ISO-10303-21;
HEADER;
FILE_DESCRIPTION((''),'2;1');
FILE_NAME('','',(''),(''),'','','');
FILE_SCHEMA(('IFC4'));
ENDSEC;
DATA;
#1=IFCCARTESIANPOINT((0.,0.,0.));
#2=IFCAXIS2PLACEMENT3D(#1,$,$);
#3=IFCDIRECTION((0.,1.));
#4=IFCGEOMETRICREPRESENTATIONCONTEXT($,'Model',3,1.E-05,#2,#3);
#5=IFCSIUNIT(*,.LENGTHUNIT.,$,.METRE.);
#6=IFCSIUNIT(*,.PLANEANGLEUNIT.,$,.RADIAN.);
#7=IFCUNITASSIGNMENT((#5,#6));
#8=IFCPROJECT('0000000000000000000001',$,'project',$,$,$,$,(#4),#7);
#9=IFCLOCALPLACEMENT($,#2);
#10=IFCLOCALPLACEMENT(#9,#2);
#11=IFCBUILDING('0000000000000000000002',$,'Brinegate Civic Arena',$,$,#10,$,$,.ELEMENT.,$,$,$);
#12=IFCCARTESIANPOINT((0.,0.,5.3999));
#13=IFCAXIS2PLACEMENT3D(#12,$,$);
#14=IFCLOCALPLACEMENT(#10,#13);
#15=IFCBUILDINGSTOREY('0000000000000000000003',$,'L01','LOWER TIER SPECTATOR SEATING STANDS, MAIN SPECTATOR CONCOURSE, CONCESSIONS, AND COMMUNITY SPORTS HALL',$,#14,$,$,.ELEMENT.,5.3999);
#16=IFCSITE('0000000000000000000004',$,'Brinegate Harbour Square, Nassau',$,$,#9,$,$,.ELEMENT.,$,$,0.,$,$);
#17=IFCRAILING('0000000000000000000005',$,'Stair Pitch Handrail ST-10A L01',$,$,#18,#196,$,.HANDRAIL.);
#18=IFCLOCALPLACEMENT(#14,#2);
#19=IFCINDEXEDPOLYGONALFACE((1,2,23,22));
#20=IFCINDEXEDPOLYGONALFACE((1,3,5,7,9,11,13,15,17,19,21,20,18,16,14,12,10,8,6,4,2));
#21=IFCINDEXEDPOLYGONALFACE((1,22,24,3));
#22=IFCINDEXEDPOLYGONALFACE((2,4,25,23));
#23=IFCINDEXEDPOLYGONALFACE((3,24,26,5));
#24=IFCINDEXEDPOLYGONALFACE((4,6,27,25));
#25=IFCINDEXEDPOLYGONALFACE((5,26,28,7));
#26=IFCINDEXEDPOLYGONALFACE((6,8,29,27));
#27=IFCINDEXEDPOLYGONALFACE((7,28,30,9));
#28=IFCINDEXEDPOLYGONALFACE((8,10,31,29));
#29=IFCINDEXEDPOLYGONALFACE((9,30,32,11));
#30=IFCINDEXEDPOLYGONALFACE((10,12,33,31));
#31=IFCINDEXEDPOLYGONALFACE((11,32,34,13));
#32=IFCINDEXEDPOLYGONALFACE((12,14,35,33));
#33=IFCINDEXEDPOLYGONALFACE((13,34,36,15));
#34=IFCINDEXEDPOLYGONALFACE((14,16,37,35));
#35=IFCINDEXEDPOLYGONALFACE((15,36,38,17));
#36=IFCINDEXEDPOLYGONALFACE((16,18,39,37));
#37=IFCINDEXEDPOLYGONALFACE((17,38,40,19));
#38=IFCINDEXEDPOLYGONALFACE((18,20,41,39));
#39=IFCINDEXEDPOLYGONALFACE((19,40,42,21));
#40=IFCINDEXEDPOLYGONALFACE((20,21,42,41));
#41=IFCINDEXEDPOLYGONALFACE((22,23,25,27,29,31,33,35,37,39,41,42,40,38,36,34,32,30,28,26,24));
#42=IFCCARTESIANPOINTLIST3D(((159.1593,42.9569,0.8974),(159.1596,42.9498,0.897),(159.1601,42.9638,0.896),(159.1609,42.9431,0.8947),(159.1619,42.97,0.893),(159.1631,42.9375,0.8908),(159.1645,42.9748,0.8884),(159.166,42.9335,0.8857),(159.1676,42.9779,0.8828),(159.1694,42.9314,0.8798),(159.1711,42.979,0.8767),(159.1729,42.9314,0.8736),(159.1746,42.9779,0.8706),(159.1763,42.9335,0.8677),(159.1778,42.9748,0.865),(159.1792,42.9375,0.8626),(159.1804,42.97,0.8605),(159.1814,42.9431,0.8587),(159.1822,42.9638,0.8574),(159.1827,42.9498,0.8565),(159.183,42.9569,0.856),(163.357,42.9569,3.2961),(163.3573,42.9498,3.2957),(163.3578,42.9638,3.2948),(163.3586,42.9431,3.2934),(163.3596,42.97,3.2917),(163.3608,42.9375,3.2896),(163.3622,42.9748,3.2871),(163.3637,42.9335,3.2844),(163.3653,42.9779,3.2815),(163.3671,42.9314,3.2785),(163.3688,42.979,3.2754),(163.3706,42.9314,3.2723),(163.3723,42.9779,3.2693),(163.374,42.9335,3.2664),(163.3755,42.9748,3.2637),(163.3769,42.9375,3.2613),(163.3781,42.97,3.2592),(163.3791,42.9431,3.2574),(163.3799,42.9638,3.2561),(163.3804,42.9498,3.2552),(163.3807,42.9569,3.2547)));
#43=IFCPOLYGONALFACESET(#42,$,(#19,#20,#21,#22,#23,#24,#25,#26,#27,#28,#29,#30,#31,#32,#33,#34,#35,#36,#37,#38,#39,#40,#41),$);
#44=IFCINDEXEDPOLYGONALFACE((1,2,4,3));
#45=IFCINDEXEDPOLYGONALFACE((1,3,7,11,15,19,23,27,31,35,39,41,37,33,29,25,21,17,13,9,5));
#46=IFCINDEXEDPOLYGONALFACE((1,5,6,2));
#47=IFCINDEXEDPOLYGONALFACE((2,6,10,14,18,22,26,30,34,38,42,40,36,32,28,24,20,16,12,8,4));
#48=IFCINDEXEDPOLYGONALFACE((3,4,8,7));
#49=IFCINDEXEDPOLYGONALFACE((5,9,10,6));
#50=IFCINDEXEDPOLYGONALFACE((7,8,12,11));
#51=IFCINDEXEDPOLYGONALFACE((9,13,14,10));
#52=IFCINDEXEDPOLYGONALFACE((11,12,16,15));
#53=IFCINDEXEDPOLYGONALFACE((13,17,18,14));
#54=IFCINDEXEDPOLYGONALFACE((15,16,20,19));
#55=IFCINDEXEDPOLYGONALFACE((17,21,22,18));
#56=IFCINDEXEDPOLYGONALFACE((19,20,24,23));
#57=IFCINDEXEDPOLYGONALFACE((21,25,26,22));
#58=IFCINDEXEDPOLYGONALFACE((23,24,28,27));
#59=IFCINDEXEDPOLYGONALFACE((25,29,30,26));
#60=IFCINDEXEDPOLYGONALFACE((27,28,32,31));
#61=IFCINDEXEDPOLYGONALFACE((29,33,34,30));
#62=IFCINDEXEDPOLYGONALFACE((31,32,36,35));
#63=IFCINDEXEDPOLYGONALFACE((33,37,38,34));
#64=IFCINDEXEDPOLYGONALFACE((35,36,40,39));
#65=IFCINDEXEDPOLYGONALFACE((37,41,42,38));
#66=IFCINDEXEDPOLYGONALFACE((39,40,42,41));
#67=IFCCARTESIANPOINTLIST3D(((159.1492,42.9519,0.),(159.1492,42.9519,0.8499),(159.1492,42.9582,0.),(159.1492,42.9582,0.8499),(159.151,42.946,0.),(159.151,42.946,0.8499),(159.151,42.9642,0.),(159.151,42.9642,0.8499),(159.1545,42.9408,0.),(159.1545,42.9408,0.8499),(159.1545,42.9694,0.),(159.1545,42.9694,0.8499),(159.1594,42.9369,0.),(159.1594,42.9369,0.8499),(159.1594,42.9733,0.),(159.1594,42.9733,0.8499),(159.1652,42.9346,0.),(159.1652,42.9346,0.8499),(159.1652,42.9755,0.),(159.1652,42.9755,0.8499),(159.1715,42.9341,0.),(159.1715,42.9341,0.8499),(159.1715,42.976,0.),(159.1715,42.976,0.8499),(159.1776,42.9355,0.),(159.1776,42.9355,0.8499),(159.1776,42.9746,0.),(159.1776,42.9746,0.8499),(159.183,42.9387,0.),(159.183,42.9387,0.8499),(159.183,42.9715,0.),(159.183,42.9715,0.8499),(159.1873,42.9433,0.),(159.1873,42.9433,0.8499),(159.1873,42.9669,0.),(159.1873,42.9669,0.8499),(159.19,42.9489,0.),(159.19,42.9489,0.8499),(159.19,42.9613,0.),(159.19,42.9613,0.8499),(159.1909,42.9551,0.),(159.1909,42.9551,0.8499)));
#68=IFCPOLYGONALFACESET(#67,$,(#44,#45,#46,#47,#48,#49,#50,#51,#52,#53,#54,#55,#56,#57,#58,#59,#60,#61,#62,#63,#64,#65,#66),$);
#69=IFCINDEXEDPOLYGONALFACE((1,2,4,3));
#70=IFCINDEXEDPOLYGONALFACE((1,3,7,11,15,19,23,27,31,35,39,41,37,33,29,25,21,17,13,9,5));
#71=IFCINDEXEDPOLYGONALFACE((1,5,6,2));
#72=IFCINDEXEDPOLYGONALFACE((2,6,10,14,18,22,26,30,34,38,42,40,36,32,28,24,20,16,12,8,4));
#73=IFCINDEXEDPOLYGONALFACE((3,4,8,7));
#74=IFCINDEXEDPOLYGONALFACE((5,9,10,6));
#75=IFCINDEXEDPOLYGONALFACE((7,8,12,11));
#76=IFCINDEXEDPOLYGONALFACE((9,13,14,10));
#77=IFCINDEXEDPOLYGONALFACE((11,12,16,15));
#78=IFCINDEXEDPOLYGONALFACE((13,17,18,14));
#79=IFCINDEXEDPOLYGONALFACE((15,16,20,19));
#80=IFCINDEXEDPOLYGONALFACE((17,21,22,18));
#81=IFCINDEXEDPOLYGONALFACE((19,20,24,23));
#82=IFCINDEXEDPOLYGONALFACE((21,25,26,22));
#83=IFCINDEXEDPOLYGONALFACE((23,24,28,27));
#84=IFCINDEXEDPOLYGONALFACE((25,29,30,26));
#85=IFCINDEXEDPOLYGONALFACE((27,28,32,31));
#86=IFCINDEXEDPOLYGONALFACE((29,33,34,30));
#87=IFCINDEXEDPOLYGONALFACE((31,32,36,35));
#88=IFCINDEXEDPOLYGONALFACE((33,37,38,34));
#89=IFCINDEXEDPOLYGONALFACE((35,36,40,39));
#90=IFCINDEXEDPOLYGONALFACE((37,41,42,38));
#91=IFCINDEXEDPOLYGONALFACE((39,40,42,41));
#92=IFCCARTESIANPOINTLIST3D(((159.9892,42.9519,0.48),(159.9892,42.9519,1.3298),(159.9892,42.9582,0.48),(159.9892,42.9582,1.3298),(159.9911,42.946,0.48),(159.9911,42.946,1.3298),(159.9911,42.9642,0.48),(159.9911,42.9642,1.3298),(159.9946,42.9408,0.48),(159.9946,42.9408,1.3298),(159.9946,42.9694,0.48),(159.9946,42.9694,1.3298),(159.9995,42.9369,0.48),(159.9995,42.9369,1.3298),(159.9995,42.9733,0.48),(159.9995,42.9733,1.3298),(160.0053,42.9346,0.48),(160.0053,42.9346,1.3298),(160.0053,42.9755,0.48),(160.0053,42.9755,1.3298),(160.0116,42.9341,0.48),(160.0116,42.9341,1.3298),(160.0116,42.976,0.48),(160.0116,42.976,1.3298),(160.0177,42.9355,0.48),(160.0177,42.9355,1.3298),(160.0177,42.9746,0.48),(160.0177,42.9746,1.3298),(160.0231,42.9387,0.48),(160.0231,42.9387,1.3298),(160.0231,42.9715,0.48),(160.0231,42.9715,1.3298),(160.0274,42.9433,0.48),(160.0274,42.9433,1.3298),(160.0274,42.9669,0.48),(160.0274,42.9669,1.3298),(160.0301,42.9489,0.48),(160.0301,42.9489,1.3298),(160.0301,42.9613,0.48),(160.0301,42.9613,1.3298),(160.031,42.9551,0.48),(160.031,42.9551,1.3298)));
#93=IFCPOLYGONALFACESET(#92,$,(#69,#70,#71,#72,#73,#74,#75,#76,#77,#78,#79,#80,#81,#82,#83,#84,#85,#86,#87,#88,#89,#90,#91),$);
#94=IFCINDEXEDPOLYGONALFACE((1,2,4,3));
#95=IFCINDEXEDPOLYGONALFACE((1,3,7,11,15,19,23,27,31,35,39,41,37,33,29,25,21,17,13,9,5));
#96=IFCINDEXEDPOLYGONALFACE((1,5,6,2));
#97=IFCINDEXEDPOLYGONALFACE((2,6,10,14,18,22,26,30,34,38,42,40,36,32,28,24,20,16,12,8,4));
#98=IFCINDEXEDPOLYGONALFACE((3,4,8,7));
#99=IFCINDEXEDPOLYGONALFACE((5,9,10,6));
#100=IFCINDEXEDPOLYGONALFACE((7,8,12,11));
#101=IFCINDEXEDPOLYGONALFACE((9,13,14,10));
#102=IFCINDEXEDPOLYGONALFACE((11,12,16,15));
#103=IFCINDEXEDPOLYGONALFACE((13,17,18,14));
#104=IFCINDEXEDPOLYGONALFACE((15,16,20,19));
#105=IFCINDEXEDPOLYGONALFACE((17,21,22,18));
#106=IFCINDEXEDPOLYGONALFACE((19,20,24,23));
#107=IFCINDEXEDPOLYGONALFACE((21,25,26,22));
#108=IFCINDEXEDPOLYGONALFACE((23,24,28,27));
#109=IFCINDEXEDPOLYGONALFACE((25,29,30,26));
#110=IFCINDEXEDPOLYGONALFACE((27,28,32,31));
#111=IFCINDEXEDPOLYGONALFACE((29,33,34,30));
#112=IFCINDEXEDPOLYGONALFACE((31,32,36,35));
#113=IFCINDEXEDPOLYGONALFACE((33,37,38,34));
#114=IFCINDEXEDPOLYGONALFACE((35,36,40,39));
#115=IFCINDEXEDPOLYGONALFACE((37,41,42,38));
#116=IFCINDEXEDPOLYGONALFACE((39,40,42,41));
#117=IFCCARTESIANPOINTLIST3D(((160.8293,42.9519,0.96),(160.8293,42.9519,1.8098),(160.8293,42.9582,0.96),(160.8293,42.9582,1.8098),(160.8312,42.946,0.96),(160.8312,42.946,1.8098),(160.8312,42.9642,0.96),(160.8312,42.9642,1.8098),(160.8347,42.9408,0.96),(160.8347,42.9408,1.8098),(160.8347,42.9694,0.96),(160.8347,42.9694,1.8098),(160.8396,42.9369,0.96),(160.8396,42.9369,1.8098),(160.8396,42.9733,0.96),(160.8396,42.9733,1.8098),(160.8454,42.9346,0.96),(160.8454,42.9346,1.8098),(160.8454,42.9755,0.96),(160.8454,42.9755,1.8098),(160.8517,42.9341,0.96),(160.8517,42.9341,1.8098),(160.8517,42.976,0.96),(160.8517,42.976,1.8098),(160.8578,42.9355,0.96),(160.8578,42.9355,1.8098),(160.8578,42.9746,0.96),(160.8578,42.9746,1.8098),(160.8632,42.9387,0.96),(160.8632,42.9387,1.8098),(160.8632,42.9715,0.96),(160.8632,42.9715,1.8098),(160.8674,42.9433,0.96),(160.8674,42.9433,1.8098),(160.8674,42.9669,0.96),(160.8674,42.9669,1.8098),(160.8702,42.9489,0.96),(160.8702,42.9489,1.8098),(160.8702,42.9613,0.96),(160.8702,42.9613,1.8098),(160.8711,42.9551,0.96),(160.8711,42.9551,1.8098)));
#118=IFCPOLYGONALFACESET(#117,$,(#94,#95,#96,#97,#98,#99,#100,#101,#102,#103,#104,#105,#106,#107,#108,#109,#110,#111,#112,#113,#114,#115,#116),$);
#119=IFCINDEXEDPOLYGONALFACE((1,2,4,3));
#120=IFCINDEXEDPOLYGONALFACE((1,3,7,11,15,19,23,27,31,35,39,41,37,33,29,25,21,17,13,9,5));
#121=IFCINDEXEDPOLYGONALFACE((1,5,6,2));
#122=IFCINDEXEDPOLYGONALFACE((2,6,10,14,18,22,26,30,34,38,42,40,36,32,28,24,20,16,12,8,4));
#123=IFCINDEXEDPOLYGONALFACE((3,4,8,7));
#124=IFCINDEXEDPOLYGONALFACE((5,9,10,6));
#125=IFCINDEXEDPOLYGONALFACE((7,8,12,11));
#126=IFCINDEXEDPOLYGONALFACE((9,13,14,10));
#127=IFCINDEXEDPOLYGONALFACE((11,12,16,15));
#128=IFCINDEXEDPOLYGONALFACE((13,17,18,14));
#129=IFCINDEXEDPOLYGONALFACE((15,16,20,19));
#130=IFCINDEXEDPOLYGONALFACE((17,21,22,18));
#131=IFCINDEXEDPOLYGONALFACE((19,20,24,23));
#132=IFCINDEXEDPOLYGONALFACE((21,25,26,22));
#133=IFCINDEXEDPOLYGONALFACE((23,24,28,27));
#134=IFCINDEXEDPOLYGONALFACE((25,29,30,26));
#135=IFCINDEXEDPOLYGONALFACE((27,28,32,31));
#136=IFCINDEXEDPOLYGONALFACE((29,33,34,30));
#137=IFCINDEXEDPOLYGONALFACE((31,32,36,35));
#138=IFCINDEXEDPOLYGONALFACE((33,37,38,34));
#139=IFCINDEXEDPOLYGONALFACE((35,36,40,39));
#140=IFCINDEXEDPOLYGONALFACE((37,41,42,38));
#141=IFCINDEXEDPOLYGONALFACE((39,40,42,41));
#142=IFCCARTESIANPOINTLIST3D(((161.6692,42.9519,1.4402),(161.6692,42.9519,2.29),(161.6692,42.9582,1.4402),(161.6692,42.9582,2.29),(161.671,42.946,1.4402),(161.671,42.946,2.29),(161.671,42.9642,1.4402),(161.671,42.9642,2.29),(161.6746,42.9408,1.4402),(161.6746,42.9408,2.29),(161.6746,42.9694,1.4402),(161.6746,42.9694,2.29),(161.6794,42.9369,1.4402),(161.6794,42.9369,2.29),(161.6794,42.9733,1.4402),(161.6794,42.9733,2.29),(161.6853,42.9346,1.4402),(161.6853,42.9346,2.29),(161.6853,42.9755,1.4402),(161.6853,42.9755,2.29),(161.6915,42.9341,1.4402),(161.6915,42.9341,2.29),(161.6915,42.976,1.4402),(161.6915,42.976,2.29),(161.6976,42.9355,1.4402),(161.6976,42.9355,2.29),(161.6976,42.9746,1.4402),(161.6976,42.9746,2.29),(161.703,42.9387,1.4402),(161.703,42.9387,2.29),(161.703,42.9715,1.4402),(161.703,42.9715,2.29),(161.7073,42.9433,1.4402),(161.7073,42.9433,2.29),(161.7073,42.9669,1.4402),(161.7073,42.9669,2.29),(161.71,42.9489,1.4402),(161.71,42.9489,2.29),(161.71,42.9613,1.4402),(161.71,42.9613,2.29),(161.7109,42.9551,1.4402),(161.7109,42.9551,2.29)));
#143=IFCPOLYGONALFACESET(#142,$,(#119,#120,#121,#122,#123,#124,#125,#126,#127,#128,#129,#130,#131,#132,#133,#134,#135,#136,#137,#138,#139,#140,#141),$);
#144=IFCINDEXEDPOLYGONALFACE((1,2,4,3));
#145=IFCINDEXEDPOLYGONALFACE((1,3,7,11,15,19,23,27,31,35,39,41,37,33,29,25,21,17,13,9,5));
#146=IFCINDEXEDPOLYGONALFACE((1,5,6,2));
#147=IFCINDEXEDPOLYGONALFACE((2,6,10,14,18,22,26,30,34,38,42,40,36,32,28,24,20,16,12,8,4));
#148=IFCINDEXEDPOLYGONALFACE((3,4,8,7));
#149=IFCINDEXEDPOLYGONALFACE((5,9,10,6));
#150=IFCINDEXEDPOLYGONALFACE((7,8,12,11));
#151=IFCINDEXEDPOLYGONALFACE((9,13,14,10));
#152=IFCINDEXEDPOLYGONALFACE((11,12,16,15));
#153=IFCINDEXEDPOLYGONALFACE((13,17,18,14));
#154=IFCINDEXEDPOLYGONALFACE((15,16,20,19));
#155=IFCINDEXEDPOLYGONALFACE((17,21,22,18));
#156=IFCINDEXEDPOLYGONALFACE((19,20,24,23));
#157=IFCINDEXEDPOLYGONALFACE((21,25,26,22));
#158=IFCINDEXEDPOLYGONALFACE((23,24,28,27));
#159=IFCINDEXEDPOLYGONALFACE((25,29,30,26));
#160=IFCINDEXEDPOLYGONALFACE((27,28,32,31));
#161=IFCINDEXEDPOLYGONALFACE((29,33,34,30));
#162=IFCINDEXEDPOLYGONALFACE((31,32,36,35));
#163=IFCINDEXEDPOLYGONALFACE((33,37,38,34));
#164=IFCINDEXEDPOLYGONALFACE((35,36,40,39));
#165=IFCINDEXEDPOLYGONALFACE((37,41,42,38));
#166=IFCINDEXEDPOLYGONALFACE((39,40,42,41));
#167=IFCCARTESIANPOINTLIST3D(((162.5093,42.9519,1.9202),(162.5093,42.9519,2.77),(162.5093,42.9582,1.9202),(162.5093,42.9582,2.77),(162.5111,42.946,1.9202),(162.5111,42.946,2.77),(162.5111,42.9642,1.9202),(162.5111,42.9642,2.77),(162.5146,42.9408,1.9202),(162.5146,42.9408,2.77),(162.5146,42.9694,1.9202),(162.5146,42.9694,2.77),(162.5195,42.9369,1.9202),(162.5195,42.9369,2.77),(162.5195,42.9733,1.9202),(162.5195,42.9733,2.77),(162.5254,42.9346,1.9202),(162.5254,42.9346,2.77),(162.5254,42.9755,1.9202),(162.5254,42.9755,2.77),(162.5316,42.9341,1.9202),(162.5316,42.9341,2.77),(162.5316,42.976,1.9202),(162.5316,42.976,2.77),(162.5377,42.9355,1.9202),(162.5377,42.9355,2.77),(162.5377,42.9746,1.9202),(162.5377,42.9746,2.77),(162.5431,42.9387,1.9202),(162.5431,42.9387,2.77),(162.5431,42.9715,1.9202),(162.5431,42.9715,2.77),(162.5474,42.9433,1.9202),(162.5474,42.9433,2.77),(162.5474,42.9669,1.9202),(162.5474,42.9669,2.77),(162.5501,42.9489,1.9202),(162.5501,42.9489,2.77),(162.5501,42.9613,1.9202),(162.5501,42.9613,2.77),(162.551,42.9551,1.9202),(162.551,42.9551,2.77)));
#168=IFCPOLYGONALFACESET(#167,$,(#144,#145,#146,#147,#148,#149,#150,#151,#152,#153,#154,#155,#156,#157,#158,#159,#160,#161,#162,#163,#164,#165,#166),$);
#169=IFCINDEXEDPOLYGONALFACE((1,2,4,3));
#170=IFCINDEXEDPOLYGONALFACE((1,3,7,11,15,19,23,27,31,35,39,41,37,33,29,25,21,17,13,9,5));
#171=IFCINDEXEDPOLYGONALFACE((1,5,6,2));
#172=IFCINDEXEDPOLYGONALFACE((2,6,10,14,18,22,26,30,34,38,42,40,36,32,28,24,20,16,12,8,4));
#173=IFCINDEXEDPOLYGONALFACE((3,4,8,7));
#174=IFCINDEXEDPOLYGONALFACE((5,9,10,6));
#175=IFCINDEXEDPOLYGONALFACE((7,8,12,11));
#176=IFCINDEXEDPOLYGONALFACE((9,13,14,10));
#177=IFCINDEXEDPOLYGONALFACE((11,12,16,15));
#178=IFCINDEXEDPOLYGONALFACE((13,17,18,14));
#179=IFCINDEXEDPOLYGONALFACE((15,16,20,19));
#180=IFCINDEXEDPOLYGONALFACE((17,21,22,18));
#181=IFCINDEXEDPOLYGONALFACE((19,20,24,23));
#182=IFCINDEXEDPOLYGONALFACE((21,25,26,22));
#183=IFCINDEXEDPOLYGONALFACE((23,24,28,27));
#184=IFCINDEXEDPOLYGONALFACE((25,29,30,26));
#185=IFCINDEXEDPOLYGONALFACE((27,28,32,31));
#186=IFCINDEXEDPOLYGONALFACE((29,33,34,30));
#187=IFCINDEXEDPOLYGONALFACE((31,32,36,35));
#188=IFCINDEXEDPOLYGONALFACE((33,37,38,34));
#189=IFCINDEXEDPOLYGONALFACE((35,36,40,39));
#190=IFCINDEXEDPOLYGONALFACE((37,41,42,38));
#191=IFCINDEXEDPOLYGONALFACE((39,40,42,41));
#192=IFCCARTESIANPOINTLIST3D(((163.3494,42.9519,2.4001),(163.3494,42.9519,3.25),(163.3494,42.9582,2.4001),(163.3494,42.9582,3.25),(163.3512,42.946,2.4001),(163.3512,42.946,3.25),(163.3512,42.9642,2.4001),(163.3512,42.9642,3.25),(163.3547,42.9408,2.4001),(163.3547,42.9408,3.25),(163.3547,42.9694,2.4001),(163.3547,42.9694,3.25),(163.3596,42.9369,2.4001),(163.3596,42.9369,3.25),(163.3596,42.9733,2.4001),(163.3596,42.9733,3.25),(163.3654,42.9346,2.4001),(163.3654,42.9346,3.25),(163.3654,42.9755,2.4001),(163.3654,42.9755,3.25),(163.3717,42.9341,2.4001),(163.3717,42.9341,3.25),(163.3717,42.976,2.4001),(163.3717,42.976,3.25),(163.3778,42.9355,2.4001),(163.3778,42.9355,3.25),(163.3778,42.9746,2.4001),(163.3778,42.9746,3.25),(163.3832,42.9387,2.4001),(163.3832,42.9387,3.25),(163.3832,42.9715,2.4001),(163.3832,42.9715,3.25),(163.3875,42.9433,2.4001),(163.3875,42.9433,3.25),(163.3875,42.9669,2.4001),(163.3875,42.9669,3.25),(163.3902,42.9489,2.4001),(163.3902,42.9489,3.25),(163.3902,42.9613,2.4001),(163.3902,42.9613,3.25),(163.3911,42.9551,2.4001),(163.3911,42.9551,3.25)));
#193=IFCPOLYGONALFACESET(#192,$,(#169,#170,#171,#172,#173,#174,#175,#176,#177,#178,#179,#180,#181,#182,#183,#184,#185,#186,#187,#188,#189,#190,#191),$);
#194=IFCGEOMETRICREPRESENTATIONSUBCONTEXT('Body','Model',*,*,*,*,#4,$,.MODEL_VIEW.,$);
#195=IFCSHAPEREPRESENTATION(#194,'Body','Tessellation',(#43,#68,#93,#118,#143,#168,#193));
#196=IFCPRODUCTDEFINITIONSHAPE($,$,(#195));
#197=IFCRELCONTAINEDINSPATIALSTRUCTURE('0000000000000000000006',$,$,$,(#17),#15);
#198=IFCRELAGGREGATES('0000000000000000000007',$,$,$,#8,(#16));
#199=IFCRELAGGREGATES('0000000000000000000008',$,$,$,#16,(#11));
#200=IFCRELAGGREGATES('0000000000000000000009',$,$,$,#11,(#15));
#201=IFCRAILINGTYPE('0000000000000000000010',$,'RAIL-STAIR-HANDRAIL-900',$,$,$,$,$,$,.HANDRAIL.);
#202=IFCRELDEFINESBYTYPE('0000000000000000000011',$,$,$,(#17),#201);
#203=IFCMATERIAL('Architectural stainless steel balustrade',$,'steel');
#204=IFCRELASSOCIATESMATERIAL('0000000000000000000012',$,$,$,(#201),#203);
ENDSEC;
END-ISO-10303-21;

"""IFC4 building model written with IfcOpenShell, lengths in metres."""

from ifc_helpers import new_model, si_unit, direction, frame, origin, origin_2d, place, context, subcontext, project, spatial, circle, extrude, material, type_object, element, save


model = new_model("IFC4")

# Units and contexts
model_context = context("Model", 3, precision=1e-05, world=origin(), true_north=direction((0.0, 1.0)))
body_context = subcontext(model_context, "Body", "Model", "MODEL_VIEW")
ifc_project = project(units=[si_unit("LENGTHUNIT", "METRE"), si_unit("PLANEANGLEUNIT", "RADIAN")], contexts=[model_context])

# Site, building, storey
site_placement = place(None, origin())
site = spatial("IfcSite", under=ifc_project, at=site_placement, Name="Brinegate Harbour Square, Nassau", CompositionType="ELEMENT", RefElevation=0.0)
building_placement = place(site_placement, origin())
building = spatial("IfcBuilding", under=site, at=building_placement, Name="Brinegate Civic Arena", CompositionType="ELEMENT")
storey_placement = place(building_placement, frame((0.0, 0.0, 5.3999)))
storey = spatial("IfcBuildingStorey", under=building, at=storey_placement, Name="L01", Description="LOWER TIER SPECTATOR SEATING STANDS, MAIN SPECTATOR CONCOURSE, CONCESSIONS, AND COMMUNITY SPORTS HALL", CompositionType="ELEMENT", Elevation=5.3999)

# Railing
ifc_material_1 = material(Name="Architectural stainless steel balustrade", Category="steel")
railing_type = type_object("IfcRailingType", Name="RAIL-STAIR-HANDRAIL-900", PredefinedType="HANDRAIL", material=ifc_material_1)
for number, where, name in (
    (1, (159.1699, 42.9551, 0.0), "Stair Pitch Handrail ST-10A L01"),
):
    element("IfcRailing", number, at=place(storey_placement, frame(where)), inside=storey, type_object=railing_type, Name=name, PredefinedType="HANDRAIL", context=body_context, shape_type="SweptSolid", body=[
        extrude(circle(Radius=0.0239, at=origin_2d()), frame((0.0012, 0.0, 0.8767), z_axis=(0.86824, 0.0, 0.496144), x_axis=(0.0, 1.0, 0.0)), (0.0, 0.0, 1.0), 4.8347),
        extrude(circle(Radius=0.021, at=origin_2d()), origin(), (0.0, 0.0, 1.0), 0.8499),
        extrude(circle(Radius=0.021, at=origin_2d()), frame((0.8401, 0.0, 0.48)), (0.0, 0.0, 1.0), 0.8499),
        extrude(circle(Radius=0.021, at=origin_2d()), frame((1.6802, 0.0, 0.96)), (0.0, 0.0, 1.0), 0.8499),
        extrude(circle(Radius=0.021, at=origin_2d()), frame((2.52, 0.0, 1.4402)), (0.0, 0.0, 1.0), 0.8499),
        extrude(circle(Radius=0.021, at=origin_2d()), frame((3.3601, 0.0, 1.9202)), (0.0, 0.0, 1.0), 0.8499),
        extrude(circle(Radius=0.021, at=origin_2d()), frame((4.2002, 0.0, 2.4001)), (0.0, 0.0, 1.0), 0.8499),
    ])

save(model, "model.ifc")
